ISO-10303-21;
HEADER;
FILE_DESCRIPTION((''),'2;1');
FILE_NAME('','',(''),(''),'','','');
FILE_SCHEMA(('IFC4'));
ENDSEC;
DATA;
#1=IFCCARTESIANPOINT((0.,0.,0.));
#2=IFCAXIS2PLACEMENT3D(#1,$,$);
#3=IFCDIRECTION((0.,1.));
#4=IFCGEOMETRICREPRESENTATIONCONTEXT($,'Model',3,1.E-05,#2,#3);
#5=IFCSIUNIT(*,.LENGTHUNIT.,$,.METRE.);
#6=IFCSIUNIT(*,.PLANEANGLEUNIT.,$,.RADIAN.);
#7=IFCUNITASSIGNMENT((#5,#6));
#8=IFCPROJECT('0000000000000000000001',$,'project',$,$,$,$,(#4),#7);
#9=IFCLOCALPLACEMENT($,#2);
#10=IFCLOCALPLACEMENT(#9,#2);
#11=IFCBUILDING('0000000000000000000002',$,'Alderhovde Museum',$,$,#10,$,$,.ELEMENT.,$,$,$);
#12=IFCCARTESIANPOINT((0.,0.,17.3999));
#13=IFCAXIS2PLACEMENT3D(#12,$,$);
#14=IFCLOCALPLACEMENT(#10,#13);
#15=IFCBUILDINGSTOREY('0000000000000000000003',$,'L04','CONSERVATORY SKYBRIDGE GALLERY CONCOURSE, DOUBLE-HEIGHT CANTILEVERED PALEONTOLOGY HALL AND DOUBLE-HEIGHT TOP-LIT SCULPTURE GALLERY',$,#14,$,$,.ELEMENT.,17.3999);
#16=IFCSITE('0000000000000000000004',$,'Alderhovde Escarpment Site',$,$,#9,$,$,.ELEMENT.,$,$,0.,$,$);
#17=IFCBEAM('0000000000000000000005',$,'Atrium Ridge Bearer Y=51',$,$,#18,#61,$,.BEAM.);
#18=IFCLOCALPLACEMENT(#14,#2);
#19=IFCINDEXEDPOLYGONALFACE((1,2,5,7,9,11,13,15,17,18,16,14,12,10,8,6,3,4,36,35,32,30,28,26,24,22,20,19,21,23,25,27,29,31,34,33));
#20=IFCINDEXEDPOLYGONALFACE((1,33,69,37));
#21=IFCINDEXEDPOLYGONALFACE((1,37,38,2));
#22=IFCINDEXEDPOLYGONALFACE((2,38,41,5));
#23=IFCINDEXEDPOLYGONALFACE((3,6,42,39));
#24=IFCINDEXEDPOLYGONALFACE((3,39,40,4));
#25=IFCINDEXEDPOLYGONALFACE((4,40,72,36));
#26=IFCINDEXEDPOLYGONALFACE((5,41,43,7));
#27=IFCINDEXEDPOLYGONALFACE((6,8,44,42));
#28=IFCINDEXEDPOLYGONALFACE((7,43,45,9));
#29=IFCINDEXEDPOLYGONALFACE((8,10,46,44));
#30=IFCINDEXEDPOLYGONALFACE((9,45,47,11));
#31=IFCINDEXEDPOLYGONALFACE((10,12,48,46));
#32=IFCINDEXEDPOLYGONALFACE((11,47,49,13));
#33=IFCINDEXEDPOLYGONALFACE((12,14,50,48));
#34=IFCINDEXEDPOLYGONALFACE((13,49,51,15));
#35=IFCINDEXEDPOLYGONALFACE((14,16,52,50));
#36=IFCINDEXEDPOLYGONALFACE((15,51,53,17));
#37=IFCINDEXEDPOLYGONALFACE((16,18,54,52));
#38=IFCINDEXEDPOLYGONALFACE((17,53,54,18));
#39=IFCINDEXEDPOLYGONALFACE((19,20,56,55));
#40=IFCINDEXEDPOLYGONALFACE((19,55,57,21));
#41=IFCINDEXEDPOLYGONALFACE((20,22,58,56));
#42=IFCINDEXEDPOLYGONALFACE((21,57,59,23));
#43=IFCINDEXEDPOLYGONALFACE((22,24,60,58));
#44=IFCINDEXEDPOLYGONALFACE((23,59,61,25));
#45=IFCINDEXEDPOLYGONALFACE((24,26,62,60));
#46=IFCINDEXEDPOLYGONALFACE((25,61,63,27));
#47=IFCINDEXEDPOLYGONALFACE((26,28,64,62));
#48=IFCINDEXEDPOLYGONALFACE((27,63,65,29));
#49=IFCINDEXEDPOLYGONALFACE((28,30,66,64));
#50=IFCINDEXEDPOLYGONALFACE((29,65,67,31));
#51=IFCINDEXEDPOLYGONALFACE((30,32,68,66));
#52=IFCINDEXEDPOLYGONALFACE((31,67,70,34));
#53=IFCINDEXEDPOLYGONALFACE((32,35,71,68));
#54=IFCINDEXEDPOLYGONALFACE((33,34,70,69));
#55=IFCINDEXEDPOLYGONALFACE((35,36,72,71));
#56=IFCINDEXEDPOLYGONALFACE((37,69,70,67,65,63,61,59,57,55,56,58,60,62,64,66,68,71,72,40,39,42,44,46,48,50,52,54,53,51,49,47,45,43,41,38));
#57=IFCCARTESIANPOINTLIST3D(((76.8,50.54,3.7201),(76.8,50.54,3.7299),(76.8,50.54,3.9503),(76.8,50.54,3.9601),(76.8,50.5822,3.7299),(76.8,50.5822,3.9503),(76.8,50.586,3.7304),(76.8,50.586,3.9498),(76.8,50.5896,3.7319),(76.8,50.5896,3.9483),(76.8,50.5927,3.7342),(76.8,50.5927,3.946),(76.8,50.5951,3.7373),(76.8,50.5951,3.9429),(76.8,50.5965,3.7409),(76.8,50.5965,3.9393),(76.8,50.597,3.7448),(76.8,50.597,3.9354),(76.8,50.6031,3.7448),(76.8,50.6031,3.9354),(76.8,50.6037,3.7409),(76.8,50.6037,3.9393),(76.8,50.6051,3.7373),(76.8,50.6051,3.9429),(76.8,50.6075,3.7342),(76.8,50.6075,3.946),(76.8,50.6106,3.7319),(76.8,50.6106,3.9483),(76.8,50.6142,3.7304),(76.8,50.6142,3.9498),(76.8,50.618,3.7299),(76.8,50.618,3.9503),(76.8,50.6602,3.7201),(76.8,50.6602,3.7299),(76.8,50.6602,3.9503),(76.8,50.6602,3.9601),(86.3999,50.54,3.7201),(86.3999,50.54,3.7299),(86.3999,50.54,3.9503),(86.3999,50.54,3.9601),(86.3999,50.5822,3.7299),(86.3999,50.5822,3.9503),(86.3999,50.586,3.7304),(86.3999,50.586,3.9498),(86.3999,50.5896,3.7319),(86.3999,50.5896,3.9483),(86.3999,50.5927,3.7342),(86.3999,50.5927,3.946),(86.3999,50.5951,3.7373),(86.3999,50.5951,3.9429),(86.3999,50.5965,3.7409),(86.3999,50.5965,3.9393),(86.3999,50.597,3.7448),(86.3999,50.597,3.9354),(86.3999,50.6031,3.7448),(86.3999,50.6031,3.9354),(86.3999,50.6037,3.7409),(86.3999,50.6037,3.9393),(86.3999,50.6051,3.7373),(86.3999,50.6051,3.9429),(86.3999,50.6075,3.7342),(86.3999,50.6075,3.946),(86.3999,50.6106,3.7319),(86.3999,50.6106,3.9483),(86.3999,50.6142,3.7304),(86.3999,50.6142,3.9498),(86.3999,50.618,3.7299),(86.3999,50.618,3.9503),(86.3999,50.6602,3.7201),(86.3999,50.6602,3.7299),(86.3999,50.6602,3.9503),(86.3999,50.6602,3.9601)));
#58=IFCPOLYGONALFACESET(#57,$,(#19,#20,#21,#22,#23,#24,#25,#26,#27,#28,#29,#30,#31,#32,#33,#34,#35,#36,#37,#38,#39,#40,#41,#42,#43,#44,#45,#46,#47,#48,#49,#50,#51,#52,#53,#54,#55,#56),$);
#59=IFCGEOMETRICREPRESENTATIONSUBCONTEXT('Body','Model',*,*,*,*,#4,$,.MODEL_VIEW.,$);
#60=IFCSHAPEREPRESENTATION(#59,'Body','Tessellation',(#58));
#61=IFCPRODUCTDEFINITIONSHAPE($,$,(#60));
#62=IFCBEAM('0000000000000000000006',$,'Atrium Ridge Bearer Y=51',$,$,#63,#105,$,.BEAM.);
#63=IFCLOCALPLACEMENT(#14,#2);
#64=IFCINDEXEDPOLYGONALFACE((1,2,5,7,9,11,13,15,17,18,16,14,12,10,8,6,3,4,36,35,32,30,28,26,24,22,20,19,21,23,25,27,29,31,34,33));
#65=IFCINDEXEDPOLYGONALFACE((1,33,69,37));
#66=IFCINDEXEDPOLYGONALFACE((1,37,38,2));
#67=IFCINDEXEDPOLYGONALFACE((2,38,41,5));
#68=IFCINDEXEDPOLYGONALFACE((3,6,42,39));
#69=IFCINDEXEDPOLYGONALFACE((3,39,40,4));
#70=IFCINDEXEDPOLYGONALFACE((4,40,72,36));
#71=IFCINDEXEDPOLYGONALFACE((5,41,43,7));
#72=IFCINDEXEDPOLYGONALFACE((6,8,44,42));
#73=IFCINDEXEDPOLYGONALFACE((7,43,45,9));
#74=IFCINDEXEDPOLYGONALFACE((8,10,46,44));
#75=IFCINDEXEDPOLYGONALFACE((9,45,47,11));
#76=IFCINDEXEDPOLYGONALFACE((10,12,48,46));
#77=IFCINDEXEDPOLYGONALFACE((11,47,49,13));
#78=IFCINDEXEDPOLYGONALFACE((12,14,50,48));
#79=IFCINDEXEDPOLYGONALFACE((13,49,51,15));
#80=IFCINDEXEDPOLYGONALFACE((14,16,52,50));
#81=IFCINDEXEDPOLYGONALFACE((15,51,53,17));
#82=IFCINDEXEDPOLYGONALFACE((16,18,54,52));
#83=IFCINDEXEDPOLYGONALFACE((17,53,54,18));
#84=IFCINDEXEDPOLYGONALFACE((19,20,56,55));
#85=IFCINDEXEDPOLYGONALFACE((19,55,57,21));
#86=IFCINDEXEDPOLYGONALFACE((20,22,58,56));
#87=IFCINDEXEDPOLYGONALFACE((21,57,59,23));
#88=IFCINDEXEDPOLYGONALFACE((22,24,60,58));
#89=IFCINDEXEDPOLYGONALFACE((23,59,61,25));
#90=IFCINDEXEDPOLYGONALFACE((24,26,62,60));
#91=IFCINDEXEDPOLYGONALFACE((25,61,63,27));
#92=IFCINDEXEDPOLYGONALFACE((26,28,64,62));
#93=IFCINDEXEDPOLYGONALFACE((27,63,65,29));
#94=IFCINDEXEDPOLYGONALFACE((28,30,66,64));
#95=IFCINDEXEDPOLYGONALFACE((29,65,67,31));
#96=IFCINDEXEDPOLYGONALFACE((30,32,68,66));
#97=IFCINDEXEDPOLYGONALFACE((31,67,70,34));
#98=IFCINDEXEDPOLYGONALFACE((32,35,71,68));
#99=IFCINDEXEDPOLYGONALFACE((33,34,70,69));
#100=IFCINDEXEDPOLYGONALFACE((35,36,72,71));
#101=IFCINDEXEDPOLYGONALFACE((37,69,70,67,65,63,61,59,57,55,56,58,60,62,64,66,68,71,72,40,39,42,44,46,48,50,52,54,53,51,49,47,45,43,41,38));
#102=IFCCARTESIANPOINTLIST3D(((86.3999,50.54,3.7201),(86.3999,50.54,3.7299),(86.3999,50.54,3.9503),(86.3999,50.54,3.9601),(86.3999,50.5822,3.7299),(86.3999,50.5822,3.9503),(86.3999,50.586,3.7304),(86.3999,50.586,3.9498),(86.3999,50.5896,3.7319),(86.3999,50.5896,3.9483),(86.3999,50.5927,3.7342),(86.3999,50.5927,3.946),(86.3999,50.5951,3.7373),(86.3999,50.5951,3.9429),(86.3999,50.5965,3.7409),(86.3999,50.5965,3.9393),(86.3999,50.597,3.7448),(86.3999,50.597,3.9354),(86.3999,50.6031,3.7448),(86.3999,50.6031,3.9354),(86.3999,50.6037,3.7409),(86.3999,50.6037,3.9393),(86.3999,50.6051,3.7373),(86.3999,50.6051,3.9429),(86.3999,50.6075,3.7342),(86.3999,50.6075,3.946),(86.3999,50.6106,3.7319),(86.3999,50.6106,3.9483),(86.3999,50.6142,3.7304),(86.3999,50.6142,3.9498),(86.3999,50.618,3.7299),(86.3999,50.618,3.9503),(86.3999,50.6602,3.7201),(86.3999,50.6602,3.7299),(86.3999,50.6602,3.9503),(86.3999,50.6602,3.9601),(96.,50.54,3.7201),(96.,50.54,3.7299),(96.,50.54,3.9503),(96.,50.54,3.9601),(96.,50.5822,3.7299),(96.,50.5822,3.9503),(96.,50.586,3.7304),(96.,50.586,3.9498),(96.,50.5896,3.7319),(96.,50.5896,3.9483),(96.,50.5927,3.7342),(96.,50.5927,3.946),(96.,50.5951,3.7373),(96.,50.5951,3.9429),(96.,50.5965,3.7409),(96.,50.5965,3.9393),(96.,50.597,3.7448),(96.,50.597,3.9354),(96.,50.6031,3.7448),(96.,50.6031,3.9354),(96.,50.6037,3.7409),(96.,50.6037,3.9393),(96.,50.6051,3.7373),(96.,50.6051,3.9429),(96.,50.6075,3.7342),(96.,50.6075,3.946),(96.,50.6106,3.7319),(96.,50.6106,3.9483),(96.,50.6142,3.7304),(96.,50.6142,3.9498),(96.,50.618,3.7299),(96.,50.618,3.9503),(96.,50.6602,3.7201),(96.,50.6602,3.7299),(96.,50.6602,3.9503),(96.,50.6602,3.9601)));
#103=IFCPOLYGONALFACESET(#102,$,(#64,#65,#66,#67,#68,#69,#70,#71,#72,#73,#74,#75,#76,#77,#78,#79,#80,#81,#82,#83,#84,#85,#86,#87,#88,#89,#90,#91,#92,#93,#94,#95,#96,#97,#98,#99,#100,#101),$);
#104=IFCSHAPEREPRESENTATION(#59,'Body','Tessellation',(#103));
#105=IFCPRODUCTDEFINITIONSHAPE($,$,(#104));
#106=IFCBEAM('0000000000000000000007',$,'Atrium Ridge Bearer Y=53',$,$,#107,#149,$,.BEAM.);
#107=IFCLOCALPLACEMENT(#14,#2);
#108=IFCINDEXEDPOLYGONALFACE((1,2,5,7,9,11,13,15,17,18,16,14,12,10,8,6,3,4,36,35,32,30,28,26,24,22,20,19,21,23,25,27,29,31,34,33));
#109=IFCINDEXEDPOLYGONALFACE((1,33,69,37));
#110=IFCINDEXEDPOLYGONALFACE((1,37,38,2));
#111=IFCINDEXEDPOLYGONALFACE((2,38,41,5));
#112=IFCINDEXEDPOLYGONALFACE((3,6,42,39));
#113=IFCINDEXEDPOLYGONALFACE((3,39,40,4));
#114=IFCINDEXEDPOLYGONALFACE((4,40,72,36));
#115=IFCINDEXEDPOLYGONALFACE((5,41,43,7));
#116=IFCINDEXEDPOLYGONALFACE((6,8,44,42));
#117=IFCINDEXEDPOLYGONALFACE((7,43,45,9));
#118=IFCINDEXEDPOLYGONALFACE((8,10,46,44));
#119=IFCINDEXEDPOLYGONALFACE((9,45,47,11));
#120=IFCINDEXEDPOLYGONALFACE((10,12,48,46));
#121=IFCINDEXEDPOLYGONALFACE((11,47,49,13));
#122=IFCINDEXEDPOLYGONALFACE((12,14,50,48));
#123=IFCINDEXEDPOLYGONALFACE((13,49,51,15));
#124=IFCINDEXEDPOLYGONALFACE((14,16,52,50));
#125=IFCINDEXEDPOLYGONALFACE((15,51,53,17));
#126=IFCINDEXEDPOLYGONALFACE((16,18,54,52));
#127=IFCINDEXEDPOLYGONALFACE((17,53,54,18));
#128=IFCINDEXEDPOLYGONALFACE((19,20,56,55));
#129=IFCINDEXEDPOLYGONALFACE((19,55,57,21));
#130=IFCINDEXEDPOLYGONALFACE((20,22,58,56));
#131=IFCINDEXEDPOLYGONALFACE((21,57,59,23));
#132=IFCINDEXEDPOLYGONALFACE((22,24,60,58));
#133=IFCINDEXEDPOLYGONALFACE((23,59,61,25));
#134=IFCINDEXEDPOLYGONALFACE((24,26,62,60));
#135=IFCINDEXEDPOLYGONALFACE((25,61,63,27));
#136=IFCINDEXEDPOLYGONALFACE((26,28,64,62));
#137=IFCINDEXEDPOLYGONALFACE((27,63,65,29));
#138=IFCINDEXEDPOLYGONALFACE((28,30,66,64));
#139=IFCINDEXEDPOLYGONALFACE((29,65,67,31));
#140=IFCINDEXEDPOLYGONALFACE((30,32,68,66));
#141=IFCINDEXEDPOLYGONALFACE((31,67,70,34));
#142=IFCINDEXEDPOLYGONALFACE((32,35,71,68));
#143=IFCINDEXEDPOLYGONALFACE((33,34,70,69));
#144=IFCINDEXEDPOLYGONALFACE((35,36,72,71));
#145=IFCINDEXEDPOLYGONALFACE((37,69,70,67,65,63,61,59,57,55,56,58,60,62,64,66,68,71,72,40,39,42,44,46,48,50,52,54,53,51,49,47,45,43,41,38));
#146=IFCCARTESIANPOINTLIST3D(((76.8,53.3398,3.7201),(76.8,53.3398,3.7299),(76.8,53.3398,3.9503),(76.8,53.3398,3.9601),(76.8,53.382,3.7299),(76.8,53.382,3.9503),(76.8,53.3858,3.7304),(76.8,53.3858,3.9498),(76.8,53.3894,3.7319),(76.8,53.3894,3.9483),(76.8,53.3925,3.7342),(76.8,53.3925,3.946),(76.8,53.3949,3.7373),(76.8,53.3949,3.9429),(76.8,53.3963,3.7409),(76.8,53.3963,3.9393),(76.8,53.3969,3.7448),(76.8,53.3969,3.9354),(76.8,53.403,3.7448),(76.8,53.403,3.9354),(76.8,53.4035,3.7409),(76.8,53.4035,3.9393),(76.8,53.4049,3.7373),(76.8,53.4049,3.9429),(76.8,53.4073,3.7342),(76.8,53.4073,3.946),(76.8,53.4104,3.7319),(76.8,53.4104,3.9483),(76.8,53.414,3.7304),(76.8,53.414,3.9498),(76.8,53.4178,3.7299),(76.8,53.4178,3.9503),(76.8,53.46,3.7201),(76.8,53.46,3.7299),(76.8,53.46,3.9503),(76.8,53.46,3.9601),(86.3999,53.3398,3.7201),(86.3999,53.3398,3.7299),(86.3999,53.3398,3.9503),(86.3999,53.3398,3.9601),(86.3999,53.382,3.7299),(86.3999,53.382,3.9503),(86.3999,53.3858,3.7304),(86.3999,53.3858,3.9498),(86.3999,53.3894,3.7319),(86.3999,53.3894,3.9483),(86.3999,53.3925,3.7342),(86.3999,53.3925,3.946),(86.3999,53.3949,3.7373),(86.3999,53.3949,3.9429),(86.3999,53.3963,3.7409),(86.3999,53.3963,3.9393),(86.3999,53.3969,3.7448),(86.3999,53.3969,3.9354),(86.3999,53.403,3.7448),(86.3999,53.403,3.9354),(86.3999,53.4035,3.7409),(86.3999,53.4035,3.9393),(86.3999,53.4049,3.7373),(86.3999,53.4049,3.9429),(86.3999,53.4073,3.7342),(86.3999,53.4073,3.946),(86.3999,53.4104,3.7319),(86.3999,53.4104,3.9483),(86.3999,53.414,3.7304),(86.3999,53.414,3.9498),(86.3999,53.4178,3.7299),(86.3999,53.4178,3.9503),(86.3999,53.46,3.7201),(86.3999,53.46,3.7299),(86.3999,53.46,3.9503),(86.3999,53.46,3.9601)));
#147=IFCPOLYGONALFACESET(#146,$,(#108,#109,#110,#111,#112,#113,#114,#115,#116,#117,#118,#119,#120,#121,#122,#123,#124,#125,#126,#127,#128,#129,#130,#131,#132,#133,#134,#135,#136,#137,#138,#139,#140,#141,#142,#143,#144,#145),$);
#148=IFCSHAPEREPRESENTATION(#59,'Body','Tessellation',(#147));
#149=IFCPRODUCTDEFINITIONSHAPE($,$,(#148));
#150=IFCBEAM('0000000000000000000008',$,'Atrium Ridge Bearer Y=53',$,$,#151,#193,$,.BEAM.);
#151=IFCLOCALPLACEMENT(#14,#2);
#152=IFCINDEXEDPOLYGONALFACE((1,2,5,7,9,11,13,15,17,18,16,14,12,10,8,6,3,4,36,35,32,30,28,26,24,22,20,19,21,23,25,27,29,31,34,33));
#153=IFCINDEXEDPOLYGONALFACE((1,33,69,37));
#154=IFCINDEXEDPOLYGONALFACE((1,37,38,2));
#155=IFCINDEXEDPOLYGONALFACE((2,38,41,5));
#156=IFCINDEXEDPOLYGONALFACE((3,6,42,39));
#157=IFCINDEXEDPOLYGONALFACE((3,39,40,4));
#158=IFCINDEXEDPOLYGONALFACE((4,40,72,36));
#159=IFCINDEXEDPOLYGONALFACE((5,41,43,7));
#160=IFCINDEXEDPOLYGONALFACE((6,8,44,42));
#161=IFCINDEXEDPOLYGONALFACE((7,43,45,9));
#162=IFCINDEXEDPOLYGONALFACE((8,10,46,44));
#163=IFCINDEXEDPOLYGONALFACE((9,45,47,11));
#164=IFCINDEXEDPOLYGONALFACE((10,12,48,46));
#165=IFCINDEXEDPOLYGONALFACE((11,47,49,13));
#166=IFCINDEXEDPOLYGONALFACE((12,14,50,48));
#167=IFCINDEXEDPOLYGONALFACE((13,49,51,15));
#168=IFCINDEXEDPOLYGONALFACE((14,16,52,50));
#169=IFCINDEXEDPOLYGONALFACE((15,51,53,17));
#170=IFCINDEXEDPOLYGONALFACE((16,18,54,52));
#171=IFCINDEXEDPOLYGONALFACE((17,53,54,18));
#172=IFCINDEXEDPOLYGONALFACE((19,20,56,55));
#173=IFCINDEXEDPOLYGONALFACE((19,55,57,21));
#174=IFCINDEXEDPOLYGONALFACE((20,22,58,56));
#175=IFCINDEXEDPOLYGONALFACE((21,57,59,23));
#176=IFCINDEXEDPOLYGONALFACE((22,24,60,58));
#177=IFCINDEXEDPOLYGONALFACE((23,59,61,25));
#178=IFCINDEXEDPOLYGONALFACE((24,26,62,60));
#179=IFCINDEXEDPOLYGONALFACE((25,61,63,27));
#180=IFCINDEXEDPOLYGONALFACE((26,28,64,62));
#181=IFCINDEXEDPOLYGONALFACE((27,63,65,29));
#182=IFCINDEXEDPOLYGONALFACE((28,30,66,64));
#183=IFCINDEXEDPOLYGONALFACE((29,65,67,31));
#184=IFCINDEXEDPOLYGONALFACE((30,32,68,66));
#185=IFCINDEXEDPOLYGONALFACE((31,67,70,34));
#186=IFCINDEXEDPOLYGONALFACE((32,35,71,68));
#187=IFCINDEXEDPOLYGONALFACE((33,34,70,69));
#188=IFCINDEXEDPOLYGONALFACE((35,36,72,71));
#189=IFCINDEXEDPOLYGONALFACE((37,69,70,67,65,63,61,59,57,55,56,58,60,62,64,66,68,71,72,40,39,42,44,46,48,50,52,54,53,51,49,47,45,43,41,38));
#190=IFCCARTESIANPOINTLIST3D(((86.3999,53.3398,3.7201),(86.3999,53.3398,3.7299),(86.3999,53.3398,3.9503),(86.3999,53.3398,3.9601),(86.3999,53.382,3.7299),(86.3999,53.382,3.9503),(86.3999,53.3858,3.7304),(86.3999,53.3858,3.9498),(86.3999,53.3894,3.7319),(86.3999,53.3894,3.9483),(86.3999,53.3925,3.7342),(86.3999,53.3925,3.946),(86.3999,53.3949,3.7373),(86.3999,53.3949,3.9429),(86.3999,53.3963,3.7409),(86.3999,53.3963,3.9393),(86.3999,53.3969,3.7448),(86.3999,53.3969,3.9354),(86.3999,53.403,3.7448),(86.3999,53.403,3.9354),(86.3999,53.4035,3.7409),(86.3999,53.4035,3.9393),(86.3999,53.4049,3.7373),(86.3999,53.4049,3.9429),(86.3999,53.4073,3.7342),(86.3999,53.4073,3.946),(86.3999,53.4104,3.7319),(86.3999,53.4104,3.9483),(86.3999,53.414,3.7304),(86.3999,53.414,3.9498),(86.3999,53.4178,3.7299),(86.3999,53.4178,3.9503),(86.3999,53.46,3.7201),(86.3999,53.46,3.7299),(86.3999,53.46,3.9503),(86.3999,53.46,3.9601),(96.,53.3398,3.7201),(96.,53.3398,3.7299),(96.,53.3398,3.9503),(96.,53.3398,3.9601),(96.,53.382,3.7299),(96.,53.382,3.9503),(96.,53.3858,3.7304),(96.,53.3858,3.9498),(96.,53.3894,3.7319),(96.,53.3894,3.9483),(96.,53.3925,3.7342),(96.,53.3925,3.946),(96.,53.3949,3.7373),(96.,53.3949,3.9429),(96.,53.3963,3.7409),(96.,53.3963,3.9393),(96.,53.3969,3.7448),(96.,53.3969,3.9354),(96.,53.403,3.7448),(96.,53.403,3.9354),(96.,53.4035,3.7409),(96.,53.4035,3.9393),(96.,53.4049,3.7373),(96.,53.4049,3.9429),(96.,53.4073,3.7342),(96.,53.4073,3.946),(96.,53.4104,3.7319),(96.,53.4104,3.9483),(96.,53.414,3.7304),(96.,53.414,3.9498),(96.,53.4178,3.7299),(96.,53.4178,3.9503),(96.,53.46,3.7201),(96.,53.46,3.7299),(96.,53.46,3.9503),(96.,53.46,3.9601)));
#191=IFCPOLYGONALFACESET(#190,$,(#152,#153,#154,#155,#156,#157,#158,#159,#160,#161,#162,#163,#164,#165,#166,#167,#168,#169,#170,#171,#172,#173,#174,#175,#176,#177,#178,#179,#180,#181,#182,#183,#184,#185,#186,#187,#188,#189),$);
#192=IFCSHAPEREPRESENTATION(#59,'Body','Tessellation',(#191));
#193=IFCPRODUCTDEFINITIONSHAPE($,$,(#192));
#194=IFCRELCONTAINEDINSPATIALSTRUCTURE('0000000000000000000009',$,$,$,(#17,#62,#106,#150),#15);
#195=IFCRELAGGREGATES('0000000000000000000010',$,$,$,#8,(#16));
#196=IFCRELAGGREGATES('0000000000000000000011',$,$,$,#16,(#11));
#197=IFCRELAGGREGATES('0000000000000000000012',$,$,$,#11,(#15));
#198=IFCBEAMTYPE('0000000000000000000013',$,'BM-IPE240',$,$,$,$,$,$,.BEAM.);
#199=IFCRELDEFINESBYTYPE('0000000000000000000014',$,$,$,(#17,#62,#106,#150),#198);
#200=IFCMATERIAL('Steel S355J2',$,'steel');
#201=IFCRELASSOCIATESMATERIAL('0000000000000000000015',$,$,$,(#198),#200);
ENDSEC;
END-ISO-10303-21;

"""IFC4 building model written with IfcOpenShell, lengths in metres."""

from ifc_helpers import new_model, si_unit, direction, frame, origin, origin_2d, place, context, subcontext, project, spatial, i_section, extrude, material, material_profile, profile_set, type_object, element, save


model = new_model("IFC4")

# Units and contexts
model_context = context("Model", 3, precision=1e-05, world=origin(), true_north=direction((0.0, 1.0)))
body_context = subcontext(model_context, "Body", "Model", "MODEL_VIEW")
ifc_project = project(units=[si_unit("LENGTHUNIT", "METRE"), si_unit("PLANEANGLEUNIT", "RADIAN")], contexts=[model_context])

# Site, building, storey
site_placement = place(None, origin())
site = spatial("IfcSite", under=ifc_project, at=site_placement, Name="Alderhovde Escarpment Site", CompositionType="ELEMENT", RefElevation=0.0)
building_placement = place(site_placement, origin())
building = spatial("IfcBuilding", under=site, at=building_placement, Name="Alderhovde Museum", CompositionType="ELEMENT")
storey_placement = place(building_placement, frame((0.0, 0.0, 17.3999)))
storey = spatial("IfcBuildingStorey", under=building, at=storey_placement, Name="L04", Description="CONSERVATORY SKYBRIDGE GALLERY CONCOURSE, DOUBLE-HEIGHT CANTILEVERED PALEONTOLOGY HALL AND DOUBLE-HEIGHT TOP-LIT SCULPTURE GALLERY", CompositionType="ELEMENT", Elevation=17.3999)

# Beams
ifc_material_1 = material(Name="Steel S355J2", Category="steel")
ifc_material_profile_1 = material_profile(ifc_material_1, i_section(OverallWidth=0.1201, OverallDepth=0.24, WebThickness=0.0061, FlangeThickness=0.0098, FilletRadius=0.0149, at=origin_2d()), Name="IPE 240")
ifc_profile_set_1 = profile_set([ifc_material_profile_1], Name="Steel S355J2")
beam_type_1 = type_object("IfcBeamType", Name="BM-IPE240", PredefinedType="BEAM", material=ifc_profile_set_1)
beam_1_placement = place(storey_placement, frame((76.8, 50.6001, 3.8401), z_axis=(1.0, 0.0, 0.0), x_axis=(0.0, 1.0, 0.0)))
element("IfcBeam", 1, at=beam_1_placement, inside=storey, type_object=beam_type_1, Name="Atrium Ridge Bearer Y=51", PredefinedType="BEAM", context=body_context, shape_type="SweptSolid", body=[
    extrude(i_section(OverallWidth=0.1201, OverallDepth=0.24, WebThickness=0.0061, FlangeThickness=0.0098, FilletRadius=0.0149, at=origin_2d()), origin(), (0.0, 0.0, 1.0), 9.5999),
])
beam_2_placement = place(storey_placement, frame((86.3999, 50.6001, 3.8401), z_axis=(1.0, 0.0, 0.0), x_axis=(0.0, 1.0, 0.0)))
element("IfcBeam", 2, at=beam_2_placement, inside=storey, type_object=beam_type_1, Name="Atrium Ridge Bearer Y=51", PredefinedType="BEAM", context=body_context, shape_type="SweptSolid", body=[
    extrude(i_section(OverallWidth=0.1201, OverallDepth=0.24, WebThickness=0.0061, FlangeThickness=0.0098, FilletRadius=0.0149, at=origin_2d()), origin(), (0.0, 0.0, 1.0), 9.6001),
])
beam_3_placement = place(storey_placement, frame((76.8, 53.3999, 3.8401), z_axis=(1.0, 0.0, 0.0), x_axis=(0.0, 1.0, 0.0)))
element("IfcBeam", 3, at=beam_3_placement, inside=storey, type_object=beam_type_1, Name="Atrium Ridge Bearer Y=53", PredefinedType="BEAM", context=body_context, shape_type="SweptSolid", body=[
    extrude(i_section(OverallWidth=0.1201, OverallDepth=0.24, WebThickness=0.0061, FlangeThickness=0.0098, FilletRadius=0.0149, at=origin_2d()), origin(), (0.0, 0.0, 1.0), 9.5999),
])
beam_4_placement = place(storey_placement, frame((86.3999, 53.3999, 3.8401), z_axis=(1.0, 0.0, 0.0), x_axis=(0.0, 1.0, 0.0)))
element("IfcBeam", 4, at=beam_4_placement, inside=storey, type_object=beam_type_1, Name="Atrium Ridge Bearer Y=53", PredefinedType="BEAM", context=body_context, shape_type="SweptSolid", body=[
    extrude(i_section(OverallWidth=0.1201, OverallDepth=0.24, WebThickness=0.0061, FlangeThickness=0.0098, FilletRadius=0.0149, at=origin_2d()), origin(), (0.0, 0.0, 1.0), 9.6001),
])

save(model, "model.ifc")
